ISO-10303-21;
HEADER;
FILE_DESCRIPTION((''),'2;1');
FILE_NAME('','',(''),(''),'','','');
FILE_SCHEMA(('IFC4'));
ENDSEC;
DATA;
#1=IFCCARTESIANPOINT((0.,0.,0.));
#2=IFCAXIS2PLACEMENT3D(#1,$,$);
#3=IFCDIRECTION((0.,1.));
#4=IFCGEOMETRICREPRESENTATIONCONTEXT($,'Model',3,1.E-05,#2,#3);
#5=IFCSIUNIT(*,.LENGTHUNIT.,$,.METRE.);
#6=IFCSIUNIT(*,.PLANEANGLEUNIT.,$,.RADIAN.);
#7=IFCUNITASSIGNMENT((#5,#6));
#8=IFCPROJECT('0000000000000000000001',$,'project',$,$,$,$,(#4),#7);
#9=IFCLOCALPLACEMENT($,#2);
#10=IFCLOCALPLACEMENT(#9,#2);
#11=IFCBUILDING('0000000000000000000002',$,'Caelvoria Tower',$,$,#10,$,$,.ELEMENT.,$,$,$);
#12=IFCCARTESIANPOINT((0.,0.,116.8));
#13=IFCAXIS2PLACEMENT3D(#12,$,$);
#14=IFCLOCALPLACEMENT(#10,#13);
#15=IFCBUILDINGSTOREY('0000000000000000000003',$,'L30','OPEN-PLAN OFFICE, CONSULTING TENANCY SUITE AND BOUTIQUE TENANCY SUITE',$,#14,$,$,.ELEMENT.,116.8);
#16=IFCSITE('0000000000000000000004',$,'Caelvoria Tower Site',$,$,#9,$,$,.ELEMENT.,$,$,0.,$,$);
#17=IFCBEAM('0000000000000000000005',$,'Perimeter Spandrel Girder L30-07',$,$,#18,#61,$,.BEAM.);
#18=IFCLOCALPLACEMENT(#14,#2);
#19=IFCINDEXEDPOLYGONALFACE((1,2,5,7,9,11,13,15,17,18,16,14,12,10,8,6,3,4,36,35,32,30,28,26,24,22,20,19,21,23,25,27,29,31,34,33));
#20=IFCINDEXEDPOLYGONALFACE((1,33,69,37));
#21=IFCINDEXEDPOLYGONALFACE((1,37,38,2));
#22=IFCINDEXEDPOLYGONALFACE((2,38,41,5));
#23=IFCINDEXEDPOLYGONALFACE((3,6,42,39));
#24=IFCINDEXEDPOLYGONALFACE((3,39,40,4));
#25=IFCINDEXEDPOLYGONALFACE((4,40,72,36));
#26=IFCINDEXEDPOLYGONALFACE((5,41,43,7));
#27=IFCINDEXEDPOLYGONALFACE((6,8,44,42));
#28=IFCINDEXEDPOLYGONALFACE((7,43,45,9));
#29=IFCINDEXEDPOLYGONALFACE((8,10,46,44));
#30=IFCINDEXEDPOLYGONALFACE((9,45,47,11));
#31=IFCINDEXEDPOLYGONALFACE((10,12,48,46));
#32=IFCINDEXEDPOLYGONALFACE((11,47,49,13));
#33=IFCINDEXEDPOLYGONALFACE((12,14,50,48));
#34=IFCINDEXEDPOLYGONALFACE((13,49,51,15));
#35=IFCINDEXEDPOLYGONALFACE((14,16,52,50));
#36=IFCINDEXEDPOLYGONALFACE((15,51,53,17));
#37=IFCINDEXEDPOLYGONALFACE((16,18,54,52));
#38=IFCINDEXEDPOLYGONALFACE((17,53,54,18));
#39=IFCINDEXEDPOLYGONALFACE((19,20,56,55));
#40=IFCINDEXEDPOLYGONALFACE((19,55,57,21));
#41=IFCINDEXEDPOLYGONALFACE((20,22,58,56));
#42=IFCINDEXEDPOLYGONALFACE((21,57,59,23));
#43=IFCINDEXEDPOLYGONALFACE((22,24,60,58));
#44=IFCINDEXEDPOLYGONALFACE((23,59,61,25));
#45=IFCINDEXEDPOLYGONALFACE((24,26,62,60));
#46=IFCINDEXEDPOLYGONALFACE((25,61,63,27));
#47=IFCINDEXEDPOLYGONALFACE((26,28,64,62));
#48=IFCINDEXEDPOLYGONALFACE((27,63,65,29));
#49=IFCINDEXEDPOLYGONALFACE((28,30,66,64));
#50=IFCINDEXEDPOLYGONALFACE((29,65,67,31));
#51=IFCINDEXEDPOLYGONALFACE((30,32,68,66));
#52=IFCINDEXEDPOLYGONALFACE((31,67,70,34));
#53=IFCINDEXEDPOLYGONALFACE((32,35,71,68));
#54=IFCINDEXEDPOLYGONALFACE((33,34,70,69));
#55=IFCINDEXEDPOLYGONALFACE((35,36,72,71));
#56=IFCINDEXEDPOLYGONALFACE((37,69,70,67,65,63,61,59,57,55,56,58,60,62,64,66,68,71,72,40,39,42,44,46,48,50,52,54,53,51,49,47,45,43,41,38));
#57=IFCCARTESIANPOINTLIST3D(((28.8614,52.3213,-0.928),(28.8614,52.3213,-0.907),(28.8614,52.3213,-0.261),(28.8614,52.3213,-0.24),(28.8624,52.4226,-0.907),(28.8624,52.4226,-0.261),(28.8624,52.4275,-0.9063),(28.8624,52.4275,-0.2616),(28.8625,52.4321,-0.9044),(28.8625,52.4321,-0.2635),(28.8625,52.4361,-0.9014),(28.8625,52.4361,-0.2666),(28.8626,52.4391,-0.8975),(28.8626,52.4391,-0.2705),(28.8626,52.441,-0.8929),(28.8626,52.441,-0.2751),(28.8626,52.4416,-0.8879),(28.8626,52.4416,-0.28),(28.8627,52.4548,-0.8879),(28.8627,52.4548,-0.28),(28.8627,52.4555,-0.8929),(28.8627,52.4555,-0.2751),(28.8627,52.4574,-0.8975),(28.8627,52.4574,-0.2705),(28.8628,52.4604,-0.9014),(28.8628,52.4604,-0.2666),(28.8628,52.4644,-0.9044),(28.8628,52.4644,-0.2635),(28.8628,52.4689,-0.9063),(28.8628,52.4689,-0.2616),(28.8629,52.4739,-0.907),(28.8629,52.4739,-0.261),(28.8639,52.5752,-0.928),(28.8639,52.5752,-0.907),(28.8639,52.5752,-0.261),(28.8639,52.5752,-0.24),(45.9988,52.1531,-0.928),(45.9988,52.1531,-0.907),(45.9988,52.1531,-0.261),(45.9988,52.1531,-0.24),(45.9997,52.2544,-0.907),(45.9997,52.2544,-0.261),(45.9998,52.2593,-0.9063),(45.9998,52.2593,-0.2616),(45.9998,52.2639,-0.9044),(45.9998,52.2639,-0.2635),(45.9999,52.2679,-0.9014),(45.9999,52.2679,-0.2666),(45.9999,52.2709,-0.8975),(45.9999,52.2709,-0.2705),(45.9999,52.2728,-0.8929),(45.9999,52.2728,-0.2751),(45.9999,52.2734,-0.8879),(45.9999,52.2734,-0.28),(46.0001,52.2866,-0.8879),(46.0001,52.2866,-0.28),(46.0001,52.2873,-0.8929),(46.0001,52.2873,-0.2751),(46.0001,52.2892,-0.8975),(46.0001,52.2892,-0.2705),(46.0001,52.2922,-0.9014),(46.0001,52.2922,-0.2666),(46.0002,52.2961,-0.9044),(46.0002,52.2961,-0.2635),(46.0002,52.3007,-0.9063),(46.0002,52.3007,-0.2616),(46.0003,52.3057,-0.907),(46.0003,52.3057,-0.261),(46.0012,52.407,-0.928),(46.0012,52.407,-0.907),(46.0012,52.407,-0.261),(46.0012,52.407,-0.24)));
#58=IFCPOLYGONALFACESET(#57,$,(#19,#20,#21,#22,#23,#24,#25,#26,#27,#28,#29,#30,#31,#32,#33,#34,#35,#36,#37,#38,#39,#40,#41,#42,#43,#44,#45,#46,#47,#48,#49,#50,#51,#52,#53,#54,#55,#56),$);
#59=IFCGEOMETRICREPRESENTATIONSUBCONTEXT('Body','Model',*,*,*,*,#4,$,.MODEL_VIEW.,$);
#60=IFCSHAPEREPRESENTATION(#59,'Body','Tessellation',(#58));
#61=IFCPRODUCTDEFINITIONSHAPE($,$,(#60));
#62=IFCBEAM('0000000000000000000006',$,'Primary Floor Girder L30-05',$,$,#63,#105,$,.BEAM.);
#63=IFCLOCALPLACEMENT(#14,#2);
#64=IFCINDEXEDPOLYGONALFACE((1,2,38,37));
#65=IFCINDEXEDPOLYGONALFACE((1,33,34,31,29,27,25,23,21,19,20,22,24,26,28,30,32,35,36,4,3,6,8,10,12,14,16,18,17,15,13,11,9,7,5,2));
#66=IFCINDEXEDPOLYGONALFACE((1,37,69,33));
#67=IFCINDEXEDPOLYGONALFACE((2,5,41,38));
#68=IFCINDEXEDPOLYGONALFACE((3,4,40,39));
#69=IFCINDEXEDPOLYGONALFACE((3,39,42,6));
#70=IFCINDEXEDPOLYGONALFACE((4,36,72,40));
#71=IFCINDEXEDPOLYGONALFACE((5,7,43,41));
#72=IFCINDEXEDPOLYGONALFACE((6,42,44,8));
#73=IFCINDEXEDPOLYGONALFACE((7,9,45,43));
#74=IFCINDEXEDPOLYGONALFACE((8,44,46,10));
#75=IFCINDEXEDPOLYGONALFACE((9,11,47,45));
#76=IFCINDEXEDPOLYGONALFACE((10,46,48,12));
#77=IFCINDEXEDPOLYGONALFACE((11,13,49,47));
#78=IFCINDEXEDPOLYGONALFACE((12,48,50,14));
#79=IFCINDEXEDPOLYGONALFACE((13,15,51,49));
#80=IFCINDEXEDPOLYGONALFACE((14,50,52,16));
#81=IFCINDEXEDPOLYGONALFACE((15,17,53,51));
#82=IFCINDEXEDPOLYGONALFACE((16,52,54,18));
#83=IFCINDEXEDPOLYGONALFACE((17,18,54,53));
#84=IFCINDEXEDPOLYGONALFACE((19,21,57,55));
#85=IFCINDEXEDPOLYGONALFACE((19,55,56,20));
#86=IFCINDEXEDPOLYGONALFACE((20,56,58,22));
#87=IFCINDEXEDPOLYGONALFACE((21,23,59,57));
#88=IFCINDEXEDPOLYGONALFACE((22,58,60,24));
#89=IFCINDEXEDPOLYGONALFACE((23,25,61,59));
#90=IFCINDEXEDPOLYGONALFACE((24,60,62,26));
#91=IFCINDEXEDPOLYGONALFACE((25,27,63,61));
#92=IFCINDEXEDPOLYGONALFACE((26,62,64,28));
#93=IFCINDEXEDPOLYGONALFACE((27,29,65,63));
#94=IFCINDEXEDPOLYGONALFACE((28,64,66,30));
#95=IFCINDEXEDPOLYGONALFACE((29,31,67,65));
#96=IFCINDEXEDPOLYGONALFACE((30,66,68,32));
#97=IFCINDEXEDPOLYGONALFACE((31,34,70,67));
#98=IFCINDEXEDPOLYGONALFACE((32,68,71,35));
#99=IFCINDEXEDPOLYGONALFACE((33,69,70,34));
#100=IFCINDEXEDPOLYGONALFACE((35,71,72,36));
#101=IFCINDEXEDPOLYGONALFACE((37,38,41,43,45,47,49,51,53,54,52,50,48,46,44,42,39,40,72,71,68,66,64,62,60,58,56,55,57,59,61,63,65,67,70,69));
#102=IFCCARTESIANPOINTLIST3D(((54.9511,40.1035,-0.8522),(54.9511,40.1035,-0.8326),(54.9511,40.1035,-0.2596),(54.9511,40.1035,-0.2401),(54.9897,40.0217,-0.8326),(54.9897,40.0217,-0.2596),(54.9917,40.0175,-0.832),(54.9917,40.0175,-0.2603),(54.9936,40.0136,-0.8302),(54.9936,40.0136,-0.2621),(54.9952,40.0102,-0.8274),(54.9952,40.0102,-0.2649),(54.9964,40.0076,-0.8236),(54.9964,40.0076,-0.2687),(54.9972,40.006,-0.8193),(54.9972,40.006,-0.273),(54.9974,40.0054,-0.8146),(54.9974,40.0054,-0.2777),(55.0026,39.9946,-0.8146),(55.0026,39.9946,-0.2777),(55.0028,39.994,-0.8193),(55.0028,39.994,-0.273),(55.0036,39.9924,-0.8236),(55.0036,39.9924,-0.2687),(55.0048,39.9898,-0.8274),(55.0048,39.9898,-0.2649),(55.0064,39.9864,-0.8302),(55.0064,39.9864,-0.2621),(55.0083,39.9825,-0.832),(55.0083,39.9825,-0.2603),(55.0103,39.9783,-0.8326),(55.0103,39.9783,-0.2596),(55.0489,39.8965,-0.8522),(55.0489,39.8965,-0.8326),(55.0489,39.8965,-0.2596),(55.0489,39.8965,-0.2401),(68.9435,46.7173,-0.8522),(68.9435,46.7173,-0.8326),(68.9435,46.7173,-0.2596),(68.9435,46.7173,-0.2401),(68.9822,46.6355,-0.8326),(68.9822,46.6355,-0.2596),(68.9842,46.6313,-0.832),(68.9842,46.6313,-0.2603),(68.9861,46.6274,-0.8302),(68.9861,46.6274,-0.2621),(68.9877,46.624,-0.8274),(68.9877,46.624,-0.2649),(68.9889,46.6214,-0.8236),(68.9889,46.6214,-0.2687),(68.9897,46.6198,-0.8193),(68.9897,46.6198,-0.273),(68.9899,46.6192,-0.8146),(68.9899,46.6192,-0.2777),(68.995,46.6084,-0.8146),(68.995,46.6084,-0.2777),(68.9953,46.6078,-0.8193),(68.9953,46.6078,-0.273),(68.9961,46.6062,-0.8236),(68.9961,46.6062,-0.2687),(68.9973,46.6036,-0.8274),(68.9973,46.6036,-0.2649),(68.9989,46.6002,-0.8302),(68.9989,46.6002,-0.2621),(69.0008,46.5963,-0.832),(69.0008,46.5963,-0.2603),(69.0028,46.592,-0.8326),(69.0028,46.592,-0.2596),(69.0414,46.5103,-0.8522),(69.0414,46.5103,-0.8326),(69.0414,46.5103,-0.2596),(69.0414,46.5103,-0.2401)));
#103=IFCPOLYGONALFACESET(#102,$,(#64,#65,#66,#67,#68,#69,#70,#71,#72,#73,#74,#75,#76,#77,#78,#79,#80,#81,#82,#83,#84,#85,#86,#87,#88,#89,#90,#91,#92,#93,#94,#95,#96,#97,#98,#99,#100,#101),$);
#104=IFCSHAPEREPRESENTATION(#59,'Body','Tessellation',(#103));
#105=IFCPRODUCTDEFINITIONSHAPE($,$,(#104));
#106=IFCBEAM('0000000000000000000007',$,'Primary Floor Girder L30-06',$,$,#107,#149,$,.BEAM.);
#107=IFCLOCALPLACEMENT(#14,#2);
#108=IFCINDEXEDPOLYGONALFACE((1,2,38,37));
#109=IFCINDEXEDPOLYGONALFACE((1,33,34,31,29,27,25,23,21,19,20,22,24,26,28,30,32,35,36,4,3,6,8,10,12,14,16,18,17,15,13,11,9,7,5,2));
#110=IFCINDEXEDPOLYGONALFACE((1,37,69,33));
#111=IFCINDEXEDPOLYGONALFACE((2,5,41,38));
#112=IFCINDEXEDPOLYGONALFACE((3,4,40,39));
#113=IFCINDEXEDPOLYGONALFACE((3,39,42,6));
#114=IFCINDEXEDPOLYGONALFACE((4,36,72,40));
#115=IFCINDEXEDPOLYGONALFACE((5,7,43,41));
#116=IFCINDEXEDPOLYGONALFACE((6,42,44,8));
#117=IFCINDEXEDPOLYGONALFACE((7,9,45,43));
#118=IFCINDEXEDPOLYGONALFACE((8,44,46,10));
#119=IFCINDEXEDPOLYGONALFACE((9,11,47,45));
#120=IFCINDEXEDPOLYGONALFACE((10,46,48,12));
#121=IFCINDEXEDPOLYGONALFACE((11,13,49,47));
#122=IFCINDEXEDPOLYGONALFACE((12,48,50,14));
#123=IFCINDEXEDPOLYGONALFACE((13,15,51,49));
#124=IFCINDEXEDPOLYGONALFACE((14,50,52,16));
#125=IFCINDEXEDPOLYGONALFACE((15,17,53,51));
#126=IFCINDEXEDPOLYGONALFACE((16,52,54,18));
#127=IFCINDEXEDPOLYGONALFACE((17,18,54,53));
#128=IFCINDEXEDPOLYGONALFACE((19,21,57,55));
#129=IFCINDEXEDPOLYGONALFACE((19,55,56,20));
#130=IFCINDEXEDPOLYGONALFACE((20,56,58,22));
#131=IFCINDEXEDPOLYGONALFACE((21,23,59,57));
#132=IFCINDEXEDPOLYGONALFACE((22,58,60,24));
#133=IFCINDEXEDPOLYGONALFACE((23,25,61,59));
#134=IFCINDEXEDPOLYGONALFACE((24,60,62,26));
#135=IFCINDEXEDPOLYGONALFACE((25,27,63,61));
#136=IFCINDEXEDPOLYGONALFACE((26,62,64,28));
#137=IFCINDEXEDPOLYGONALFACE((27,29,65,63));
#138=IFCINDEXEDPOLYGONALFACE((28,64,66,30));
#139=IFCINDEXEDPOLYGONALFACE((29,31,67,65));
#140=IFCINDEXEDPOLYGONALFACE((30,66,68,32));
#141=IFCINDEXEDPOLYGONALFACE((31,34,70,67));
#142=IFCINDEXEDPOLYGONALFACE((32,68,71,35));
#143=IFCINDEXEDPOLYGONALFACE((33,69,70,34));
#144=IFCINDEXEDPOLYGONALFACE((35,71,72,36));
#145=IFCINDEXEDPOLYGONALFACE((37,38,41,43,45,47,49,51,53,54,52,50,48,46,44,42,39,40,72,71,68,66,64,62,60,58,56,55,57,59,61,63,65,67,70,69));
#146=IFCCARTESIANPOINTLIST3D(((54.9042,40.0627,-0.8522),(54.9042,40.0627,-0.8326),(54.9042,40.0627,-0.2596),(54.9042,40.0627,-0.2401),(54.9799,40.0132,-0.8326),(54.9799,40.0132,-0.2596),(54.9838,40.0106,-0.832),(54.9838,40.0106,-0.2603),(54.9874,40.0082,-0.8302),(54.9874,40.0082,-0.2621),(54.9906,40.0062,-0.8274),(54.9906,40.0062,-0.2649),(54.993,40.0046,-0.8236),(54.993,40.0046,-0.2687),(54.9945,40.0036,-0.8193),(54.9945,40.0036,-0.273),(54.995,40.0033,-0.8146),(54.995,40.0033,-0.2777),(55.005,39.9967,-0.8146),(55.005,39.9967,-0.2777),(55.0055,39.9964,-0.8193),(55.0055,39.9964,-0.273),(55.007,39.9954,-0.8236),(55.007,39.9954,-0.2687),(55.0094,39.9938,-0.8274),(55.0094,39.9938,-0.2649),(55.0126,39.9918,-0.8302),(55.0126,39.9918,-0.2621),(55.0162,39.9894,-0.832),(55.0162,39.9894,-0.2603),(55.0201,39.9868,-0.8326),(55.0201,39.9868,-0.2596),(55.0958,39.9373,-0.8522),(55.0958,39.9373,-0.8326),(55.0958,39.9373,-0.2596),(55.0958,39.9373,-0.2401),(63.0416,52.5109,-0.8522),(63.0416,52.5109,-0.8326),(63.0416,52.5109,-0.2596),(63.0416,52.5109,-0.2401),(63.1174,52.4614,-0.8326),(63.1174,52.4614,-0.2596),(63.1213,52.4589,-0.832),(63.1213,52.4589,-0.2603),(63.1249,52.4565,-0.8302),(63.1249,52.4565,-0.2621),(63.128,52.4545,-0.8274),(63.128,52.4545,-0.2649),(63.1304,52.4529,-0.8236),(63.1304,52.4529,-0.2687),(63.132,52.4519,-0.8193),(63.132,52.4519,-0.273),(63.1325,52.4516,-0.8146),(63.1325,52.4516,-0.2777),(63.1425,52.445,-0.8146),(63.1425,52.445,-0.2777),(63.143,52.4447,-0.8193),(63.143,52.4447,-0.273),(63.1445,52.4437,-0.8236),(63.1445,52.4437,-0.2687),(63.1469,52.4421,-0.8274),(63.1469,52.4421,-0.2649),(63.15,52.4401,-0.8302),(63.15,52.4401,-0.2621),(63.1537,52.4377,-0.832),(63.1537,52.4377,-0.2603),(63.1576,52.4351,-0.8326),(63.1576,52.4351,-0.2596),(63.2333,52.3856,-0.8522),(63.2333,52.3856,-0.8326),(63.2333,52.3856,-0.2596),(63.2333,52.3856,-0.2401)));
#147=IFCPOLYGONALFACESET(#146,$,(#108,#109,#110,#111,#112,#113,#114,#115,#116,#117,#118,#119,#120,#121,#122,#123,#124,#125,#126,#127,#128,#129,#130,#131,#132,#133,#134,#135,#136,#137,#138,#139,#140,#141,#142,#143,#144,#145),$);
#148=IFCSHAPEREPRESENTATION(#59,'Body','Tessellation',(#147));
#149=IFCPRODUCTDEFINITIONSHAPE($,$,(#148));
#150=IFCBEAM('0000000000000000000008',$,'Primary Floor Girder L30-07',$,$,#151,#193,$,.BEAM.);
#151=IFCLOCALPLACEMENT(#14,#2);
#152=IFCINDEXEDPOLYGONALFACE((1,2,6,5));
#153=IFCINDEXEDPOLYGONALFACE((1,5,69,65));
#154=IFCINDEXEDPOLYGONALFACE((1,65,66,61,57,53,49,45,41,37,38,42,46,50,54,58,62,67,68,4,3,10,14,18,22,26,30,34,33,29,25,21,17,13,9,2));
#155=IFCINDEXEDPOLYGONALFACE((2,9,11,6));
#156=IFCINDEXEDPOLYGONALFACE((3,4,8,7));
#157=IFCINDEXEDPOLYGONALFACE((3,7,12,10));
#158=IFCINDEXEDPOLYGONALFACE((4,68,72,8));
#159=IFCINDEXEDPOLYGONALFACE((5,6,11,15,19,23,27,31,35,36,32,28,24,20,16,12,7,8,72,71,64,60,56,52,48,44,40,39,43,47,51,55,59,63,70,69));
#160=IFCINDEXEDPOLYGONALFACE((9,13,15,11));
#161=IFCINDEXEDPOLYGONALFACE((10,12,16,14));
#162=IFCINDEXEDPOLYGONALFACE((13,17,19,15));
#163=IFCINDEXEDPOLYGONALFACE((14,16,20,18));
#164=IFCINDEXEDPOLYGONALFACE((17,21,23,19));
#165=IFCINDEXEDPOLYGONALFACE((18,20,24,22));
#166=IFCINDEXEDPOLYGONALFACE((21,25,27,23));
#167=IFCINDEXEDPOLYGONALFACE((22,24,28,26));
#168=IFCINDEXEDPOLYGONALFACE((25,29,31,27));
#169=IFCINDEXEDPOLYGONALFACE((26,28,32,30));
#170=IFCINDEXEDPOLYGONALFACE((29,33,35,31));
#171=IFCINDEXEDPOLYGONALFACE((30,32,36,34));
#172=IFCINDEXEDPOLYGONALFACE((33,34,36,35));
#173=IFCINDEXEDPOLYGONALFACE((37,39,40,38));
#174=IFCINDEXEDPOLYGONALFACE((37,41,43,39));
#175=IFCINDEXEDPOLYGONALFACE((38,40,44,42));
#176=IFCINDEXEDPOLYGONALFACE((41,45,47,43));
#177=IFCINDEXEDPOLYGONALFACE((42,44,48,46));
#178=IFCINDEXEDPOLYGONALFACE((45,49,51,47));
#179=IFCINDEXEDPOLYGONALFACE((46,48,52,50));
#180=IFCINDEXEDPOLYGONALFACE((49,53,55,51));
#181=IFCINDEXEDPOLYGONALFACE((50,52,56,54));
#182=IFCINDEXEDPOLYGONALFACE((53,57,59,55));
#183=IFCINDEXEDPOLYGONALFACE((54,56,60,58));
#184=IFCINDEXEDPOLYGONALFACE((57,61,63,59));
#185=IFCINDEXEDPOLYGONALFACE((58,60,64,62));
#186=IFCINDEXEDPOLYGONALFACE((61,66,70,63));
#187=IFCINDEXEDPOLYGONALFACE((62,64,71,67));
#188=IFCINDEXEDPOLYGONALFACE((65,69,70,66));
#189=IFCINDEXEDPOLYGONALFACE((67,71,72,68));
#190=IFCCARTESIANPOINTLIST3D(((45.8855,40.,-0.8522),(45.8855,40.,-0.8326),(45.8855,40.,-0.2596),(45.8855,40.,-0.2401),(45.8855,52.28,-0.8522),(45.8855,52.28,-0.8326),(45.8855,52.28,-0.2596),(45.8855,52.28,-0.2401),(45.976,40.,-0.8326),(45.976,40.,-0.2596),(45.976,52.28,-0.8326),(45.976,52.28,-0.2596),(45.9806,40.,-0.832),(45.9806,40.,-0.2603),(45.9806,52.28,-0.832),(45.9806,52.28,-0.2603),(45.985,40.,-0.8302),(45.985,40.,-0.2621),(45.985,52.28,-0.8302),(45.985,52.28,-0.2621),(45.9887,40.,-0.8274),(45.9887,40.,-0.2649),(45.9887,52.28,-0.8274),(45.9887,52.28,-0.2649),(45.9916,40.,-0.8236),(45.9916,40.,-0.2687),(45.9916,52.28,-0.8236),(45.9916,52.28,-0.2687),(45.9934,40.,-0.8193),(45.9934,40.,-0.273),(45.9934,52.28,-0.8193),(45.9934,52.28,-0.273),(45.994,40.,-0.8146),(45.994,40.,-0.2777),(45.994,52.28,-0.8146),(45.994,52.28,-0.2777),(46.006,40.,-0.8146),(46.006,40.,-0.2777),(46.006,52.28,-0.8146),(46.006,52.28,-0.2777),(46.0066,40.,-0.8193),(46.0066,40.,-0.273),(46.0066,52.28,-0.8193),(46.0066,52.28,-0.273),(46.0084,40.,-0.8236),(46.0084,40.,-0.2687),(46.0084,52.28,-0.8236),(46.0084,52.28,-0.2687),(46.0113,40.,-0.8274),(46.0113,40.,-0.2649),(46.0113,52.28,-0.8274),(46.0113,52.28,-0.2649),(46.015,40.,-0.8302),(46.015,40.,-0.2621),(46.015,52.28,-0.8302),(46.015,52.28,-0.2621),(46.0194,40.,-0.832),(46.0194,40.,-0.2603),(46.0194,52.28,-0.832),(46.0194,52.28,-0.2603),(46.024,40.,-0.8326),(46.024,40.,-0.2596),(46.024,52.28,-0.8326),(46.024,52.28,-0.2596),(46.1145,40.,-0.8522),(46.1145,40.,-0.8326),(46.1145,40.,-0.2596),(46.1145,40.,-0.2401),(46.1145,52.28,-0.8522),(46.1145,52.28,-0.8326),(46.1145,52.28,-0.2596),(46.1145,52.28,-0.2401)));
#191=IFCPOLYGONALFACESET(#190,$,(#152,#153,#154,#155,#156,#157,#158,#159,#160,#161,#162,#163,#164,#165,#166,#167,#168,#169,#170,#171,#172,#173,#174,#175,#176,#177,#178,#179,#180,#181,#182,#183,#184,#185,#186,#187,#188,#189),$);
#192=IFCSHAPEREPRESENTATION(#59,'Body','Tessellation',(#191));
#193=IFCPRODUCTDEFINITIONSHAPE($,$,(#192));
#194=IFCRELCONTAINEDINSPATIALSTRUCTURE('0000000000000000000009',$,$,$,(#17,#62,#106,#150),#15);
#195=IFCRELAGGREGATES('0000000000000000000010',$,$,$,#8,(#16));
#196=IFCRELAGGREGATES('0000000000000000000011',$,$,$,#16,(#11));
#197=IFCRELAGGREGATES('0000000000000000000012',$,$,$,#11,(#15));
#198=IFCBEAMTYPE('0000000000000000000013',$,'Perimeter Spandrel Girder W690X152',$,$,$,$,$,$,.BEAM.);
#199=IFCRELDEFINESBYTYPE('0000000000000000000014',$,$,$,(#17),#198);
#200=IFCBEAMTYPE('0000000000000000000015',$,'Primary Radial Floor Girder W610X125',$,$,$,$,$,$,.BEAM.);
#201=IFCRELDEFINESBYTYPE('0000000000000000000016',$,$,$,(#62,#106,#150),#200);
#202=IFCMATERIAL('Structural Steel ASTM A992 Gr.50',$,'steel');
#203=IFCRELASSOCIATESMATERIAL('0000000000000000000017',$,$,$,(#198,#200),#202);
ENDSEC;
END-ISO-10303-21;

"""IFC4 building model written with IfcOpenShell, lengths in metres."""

from ifc_helpers import new_model, si_unit, direction, frame, origin, origin_2d, place, context, subcontext, project, spatial, i_section, extrude, material, material_profile, profile_set, type_object, element, save


model = new_model("IFC4")

# Units and contexts
model_context = context("Model", 3, precision=1e-05, world=origin(), true_north=direction((0.0, 1.0)))
body_context = subcontext(model_context, "Body", "Model", "MODEL_VIEW")
ifc_project = project(units=[si_unit("LENGTHUNIT", "METRE"), si_unit("PLANEANGLEUNIT", "RADIAN")], contexts=[model_context])

# Site, building, storey
site_placement = place(None, origin())
site = spatial("IfcSite", under=ifc_project, at=site_placement, Name="Caelvoria Tower Site", CompositionType="ELEMENT", RefElevation=0.0)
building_placement = place(site_placement, origin())
building = spatial("IfcBuilding", under=site, at=building_placement, Name="Caelvoria Tower", CompositionType="ELEMENT")
storey_placement = place(building_placement, frame((0.0, 0.0, 116.8)))
storey = spatial("IfcBuildingStorey", under=building, at=storey_placement, Name="L30", Description="OPEN-PLAN OFFICE, CONSULTING TENANCY SUITE AND BOUTIQUE TENANCY SUITE", CompositionType="ELEMENT", Elevation=116.8)

# Beams
ifc_material_1 = material(Name="Structural Steel ASTM A992 Gr.50", Category="steel")
ifc_material_profile_1 = material_profile(ifc_material_1, i_section(OverallWidth=0.2539, OverallDepth=0.688, WebThickness=0.0132, FlangeThickness=0.021, FilletRadius=0.019, at=origin_2d()), Name="Structural Steel ASTM A992 Gr.50")
ifc_profile_set_1 = profile_set([ifc_material_profile_1], Name="W690X152 - Structural Steel ASTM A992 Gr.50")
beam_type_1 = type_object("IfcBeamType", Name="Perimeter Spandrel Girder W690X152", PredefinedType="BEAM", material=ifc_profile_set_1)
beam_1_placement = place(storey_placement, frame((46.0, 52.28, -0.584), z_axis=(-0.999952, 0.009815, 0.0), x_axis=(-0.009815, -0.999952, 0.0)))
element("IfcBeam", 1, at=beam_1_placement, inside=storey, type_object=beam_type_1, Name="Perimeter Spandrel Girder L30-07", PredefinedType="BEAM", context=body_context, shape_type="SweptSolid", body=[
    extrude(i_section(OverallWidth=0.2539, OverallDepth=0.688, WebThickness=0.0132, FlangeThickness=0.021, FilletRadius=0.019, at=origin_2d()), origin(), (0.0, 0.0, 1.0), 17.1382),
])
ifc_material_profile_2 = material_profile(ifc_material_1, i_section(OverallWidth=0.229, OverallDepth=0.6121, WebThickness=0.012, FlangeThickness=0.0195, FilletRadius=0.0181, at=origin_2d()), Name="Structural Steel ASTM A992 Gr.50")
ifc_profile_set_2 = profile_set([ifc_material_profile_2], Name="W610X125 - Structural Steel ASTM A992 Gr.50")
beam_type_2 = type_object("IfcBeamType", Name="Primary Radial Floor Girder W610X125", PredefinedType="BEAM", material=ifc_profile_set_2)
beam_2_placement = place(storey_placement, frame((55.0, 40.0, -0.5461), z_axis=(0.904093, 0.427336, 0.0), x_axis=(-0.427336, 0.904093, 0.0)))
element("IfcBeam", 2, at=beam_2_placement, inside=storey, type_object=beam_type_2, Name="Primary Floor Girder L30-05", PredefinedType="BEAM", context=body_context, shape_type="SweptSolid", body=[
    extrude(i_section(OverallWidth=0.229, OverallDepth=0.6121, WebThickness=0.012, FlangeThickness=0.0195, FilletRadius=0.0181, at=origin_2d()), origin(), (0.0, 0.0, 1.0), 15.4768),
])
beam_3_placement = place(storey_placement, frame((55.0, 40.0, -0.5461), z_axis=(0.547165, 0.837025, 0.0), x_axis=(-0.837025, 0.547165, 0.0)))
element("IfcBeam", 3, at=beam_3_placement, inside=storey, type_object=beam_type_2, Name="Primary Floor Girder L30-06", PredefinedType="BEAM", context=body_context, shape_type="SweptSolid", body=[
    extrude(i_section(OverallWidth=0.229, OverallDepth=0.6121, WebThickness=0.012, FlangeThickness=0.0195, FilletRadius=0.0181, at=origin_2d()), origin(), (0.0, 0.0, 1.0), 14.8721),
])
beam_4_placement = place(storey_placement, frame((46.0, 40.0, -0.5461), z_axis=(0.0, 1.0, 0.0), x_axis=(-1.0, 0.0, 0.0)))
element("IfcBeam", 4, at=beam_4_placement, inside=storey, type_object=beam_type_2, Name="Primary Floor Girder L30-07", PredefinedType="BEAM", context=body_context, shape_type="SweptSolid", body=[
    extrude(i_section(OverallWidth=0.229, OverallDepth=0.6121, WebThickness=0.012, FlangeThickness=0.0195, FilletRadius=0.0181, at=origin_2d()), origin(), (0.0, 0.0, 1.0), 12.28),
])

save(model, "model.ifc")
